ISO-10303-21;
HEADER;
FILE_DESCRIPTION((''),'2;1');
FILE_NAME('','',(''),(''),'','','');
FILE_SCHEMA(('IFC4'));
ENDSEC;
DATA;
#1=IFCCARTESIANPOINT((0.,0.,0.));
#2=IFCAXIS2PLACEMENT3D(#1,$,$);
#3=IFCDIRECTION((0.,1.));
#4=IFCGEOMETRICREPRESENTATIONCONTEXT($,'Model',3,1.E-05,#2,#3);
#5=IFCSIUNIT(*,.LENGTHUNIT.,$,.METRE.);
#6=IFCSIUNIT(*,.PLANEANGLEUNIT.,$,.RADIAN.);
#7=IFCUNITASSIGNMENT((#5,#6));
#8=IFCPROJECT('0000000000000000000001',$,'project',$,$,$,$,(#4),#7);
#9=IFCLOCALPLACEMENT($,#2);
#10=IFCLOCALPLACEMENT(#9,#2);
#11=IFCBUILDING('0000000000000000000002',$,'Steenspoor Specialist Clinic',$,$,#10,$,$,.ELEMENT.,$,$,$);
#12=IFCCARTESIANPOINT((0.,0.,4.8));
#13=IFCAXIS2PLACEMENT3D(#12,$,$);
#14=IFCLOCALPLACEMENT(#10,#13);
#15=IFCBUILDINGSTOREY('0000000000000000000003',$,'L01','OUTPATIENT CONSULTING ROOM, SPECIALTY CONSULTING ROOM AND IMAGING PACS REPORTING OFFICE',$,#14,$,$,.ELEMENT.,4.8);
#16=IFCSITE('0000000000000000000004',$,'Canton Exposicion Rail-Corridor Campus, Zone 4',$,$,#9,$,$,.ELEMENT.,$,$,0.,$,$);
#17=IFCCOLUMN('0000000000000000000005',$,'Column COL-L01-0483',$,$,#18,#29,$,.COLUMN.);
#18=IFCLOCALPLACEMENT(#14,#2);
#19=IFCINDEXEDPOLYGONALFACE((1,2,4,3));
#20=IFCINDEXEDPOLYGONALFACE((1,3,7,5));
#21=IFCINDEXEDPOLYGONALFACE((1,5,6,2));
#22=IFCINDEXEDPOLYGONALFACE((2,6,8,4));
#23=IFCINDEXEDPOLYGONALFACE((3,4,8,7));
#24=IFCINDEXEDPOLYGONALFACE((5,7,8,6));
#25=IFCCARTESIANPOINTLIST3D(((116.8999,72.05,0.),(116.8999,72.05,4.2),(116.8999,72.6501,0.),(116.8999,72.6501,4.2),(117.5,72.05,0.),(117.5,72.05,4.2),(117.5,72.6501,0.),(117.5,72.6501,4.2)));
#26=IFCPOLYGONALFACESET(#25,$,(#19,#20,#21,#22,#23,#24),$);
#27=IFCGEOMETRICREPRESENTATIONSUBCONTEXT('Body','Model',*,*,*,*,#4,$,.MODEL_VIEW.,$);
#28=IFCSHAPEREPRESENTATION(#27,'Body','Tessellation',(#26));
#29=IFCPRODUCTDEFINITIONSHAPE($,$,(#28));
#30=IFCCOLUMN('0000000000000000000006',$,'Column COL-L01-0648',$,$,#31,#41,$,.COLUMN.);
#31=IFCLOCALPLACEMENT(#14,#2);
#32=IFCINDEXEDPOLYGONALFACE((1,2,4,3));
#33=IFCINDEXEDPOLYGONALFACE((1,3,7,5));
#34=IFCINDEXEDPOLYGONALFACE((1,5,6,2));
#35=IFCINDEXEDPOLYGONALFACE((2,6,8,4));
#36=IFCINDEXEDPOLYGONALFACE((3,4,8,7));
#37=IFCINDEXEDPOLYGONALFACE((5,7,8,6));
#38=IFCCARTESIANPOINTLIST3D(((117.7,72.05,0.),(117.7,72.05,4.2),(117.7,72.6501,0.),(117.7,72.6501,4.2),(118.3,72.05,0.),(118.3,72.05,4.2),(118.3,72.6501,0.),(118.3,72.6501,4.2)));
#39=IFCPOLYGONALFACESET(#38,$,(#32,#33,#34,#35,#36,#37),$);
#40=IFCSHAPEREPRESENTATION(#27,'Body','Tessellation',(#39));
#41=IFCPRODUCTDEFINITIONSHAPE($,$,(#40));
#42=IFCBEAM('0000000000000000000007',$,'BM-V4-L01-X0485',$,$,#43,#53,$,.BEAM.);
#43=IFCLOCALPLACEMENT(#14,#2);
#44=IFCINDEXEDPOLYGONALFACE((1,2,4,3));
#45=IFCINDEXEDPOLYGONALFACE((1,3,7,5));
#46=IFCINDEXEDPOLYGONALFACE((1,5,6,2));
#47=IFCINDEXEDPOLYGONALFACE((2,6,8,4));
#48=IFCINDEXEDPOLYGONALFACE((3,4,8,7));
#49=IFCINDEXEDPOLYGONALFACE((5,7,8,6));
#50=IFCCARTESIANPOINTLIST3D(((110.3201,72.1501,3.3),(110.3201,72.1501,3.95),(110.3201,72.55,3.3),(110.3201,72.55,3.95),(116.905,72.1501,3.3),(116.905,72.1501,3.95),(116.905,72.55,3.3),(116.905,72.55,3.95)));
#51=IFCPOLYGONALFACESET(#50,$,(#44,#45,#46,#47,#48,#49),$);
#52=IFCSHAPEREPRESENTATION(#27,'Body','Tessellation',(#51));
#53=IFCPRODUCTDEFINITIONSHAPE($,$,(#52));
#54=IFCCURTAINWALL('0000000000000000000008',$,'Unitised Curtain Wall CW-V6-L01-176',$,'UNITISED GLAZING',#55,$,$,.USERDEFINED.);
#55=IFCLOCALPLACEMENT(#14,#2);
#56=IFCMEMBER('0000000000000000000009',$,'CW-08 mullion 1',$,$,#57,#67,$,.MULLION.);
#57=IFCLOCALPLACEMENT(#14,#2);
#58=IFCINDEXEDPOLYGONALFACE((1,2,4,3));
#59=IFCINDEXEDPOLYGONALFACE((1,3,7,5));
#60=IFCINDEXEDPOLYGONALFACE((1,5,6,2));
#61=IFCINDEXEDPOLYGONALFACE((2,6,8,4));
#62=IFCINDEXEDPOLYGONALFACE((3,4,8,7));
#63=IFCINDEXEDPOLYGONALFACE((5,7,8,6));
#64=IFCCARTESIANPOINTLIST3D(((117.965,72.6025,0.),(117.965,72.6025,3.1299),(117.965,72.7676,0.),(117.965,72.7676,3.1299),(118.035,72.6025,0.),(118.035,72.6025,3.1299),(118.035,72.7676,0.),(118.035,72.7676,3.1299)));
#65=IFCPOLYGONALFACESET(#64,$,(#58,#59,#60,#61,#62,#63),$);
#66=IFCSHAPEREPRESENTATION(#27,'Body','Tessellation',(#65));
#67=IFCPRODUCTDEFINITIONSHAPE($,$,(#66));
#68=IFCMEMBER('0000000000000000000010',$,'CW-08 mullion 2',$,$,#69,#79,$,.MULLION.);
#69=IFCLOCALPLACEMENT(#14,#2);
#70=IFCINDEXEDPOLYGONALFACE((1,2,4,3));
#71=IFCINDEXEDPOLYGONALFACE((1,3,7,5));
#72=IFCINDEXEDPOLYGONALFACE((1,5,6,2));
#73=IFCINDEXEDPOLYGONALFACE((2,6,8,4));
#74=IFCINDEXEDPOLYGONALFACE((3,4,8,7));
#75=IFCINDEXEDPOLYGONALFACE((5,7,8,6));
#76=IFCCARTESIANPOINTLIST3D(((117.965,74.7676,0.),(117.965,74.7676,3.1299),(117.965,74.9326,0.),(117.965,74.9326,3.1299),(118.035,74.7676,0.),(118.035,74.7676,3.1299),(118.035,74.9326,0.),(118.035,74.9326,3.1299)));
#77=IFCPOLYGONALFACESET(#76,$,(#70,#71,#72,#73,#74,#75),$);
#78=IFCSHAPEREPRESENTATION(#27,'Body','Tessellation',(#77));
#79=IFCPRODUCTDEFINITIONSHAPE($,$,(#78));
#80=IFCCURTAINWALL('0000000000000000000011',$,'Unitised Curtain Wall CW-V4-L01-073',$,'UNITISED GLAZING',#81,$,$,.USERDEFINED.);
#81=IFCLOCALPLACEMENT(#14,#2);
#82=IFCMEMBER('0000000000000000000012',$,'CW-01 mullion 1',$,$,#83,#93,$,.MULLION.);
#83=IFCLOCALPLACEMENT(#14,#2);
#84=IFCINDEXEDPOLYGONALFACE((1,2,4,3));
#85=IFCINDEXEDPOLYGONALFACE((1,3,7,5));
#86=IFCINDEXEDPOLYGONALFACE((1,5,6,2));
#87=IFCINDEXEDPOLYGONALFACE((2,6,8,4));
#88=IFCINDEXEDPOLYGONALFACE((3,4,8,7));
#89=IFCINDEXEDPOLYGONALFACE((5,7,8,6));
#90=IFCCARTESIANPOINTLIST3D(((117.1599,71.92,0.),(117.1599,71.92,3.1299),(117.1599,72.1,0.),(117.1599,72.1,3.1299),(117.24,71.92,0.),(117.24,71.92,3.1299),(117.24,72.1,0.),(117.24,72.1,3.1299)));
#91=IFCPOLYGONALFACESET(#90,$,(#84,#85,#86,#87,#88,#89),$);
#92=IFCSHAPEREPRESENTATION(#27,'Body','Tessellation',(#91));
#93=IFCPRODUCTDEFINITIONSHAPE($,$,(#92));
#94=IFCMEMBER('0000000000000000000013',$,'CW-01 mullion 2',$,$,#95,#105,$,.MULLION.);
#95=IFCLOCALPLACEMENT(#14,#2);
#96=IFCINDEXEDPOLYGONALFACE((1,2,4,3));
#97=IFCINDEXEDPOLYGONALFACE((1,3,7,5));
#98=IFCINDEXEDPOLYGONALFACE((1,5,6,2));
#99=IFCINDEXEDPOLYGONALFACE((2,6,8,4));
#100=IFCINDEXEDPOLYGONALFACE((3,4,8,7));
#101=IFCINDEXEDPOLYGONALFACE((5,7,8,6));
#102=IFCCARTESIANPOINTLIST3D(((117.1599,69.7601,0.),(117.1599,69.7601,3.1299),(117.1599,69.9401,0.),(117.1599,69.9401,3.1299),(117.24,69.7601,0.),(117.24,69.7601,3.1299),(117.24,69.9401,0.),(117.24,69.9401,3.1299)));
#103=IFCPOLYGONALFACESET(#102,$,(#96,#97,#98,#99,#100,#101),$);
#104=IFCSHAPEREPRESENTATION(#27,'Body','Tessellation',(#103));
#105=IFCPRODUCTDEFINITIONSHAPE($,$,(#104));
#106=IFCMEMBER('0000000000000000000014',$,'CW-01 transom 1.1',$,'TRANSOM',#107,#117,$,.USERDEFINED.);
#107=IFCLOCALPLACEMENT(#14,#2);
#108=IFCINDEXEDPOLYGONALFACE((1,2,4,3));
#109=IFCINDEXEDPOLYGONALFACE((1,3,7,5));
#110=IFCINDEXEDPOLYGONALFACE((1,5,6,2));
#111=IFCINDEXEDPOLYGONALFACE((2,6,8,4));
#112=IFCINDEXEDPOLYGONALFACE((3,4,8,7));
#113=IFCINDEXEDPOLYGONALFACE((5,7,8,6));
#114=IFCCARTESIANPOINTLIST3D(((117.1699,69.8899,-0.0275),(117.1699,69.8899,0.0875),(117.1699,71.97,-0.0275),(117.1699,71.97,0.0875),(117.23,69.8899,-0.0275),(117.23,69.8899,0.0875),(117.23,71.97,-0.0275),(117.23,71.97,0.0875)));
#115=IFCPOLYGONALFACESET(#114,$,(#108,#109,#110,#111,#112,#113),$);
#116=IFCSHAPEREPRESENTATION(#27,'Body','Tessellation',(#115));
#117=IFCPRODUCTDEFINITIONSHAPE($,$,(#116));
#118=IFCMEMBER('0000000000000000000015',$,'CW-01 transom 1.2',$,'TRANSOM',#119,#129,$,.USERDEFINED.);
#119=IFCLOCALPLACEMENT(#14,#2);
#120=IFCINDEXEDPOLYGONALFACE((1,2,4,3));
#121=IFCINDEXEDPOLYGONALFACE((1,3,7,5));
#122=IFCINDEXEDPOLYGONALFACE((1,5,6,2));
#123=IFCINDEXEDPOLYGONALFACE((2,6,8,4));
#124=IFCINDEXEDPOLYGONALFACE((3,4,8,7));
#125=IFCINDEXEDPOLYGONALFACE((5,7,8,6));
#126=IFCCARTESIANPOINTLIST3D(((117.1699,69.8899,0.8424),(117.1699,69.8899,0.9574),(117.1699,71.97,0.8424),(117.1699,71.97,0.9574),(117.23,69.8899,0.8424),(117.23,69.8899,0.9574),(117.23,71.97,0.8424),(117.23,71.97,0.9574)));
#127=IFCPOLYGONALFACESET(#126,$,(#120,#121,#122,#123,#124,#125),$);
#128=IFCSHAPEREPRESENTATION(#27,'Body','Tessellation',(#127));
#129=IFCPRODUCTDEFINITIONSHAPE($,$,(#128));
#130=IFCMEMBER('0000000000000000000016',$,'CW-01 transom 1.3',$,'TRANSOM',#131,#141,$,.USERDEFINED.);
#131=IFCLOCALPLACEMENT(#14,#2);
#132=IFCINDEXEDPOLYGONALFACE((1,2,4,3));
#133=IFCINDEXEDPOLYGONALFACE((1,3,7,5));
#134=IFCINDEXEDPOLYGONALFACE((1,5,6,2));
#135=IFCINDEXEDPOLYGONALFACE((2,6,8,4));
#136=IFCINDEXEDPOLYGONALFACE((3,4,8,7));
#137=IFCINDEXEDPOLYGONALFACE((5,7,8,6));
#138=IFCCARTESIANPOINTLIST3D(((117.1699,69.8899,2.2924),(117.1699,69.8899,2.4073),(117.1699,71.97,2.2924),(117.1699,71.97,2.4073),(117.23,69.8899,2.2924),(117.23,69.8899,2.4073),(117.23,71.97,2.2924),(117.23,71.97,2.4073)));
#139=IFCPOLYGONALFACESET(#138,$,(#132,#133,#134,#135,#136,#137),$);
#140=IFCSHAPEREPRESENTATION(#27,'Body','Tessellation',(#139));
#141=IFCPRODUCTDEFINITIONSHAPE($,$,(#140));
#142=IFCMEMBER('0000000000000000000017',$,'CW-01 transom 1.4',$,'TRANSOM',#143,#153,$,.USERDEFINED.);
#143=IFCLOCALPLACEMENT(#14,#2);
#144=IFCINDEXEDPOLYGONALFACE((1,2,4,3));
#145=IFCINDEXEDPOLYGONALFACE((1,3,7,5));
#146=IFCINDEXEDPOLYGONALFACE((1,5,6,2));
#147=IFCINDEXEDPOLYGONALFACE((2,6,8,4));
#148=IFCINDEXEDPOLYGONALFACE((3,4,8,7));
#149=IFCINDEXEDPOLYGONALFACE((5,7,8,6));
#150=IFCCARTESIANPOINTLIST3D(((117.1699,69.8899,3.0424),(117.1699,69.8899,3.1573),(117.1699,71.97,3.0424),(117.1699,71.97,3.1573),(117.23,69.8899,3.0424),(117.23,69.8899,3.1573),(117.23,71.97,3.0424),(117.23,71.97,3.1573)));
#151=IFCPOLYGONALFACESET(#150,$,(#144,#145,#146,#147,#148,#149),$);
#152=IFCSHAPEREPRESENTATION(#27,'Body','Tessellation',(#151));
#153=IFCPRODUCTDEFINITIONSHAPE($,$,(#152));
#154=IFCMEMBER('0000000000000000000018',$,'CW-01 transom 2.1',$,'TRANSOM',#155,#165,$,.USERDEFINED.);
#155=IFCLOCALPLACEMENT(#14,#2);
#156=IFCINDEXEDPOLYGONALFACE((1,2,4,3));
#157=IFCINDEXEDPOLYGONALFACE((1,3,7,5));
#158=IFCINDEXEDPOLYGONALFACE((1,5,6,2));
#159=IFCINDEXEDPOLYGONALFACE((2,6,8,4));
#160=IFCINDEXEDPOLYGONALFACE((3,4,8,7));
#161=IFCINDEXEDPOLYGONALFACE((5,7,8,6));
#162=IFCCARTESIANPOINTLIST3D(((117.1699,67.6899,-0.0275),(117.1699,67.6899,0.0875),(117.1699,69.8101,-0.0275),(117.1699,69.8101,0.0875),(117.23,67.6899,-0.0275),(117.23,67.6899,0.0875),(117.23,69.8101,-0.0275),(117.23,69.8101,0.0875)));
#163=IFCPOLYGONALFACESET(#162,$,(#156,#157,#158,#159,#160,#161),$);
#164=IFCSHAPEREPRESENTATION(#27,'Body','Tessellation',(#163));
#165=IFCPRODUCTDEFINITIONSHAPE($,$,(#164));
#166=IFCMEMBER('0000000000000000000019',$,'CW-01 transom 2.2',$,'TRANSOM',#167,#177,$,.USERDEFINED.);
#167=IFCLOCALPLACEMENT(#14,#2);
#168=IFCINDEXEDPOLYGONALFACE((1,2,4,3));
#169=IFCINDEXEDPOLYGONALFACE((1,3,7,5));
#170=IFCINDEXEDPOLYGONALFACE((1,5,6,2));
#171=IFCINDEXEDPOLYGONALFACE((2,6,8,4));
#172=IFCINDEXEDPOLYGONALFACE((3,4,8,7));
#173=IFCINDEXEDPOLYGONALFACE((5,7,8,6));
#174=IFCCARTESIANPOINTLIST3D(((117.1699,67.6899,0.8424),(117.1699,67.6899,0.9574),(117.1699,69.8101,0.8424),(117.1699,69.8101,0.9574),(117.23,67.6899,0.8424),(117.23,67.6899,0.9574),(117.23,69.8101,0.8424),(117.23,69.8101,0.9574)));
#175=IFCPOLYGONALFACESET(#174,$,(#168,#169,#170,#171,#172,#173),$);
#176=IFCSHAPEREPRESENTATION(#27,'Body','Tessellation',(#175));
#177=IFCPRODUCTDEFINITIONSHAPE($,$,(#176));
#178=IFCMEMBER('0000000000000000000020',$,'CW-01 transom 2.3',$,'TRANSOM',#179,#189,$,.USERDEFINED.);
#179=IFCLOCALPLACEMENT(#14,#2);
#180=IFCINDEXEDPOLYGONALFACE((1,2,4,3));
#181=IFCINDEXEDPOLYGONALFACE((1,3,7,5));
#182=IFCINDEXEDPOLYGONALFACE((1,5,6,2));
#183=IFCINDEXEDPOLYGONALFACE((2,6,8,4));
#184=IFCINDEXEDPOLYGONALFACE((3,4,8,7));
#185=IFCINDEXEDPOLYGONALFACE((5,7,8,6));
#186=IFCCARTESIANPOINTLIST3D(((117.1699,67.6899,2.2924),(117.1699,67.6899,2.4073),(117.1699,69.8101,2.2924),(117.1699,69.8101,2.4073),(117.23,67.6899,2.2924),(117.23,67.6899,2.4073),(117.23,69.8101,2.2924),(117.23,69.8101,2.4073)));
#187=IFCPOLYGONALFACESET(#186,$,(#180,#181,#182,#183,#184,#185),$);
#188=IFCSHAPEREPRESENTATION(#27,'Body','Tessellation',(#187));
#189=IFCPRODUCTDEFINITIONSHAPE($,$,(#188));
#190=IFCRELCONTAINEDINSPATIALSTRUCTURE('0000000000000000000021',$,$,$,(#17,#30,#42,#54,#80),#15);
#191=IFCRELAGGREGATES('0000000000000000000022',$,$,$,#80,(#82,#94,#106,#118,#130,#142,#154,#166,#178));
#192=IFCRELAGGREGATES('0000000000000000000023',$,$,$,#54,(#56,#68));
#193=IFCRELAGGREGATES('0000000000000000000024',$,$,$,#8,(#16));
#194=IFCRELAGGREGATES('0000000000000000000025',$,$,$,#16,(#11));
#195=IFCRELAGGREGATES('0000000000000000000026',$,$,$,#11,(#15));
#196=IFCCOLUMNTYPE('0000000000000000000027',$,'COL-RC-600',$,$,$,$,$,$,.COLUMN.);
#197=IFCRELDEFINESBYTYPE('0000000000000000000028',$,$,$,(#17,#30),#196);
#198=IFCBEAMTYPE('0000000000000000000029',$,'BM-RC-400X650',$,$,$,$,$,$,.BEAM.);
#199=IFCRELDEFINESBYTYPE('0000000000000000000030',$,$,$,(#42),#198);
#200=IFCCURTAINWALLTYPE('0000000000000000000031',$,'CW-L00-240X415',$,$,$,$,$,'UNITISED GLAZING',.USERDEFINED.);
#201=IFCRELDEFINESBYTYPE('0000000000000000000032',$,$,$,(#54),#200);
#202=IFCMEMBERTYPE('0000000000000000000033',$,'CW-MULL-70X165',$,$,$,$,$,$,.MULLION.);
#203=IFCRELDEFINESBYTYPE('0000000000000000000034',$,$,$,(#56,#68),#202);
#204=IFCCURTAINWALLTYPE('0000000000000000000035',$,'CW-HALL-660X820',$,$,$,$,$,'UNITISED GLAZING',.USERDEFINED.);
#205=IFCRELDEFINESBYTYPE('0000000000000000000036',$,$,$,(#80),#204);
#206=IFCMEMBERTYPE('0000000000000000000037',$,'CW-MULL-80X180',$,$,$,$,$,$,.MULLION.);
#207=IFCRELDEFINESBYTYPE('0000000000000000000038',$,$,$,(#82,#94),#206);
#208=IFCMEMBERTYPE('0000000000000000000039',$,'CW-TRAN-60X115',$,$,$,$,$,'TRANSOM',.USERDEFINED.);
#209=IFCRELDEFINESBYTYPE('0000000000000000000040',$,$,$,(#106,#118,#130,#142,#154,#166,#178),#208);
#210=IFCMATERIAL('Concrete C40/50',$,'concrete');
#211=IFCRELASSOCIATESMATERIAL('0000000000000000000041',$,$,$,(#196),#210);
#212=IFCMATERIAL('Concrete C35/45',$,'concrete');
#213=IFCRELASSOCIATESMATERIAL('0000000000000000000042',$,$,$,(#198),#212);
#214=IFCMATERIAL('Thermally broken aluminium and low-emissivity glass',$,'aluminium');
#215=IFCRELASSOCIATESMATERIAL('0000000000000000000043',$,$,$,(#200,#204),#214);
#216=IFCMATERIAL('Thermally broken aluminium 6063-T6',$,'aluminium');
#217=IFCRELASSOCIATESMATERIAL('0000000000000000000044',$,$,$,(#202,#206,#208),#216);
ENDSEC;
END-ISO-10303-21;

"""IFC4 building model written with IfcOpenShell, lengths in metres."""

from ifc_helpers import new_model, si_unit, direction, frame, origin, origin_2d, place, context, subcontext, project, spatial, rectangle, extrude, material, material_profile, profile_set, type_object, element, aggregate, save


model = new_model("IFC4")

# Units and contexts
model_context = context("Model", 3, precision=1e-05, world=origin(), true_north=direction((0.0, 1.0)))
body_context = subcontext(model_context, "Body", "Model", "MODEL_VIEW")
ifc_project = project(units=[si_unit("LENGTHUNIT", "METRE"), si_unit("PLANEANGLEUNIT", "RADIAN")], contexts=[model_context])

# Site, building, storey
site_placement = place(None, origin())
site = spatial("IfcSite", under=ifc_project, at=site_placement, Name="Canton Exposicion Rail-Corridor Campus, Zone 4", CompositionType="ELEMENT", RefElevation=0.0)
building_placement = place(site_placement, origin())
building = spatial("IfcBuilding", under=site, at=building_placement, Name="Steenspoor Specialist Clinic", CompositionType="ELEMENT")
storey_placement = place(building_placement, frame((0.0, 0.0, 4.8)))
storey = spatial("IfcBuildingStorey", under=building, at=storey_placement, Name="L01", Description="OUTPATIENT CONSULTING ROOM, SPECIALTY CONSULTING ROOM AND IMAGING PACS REPORTING OFFICE", CompositionType="ELEMENT", Elevation=4.8)

# Columns
ifc_material_1 = material(Name="Concrete C40/50", Category="concrete")
ifc_material_profile_1 = material_profile(ifc_material_1, rectangle(XDim=0.6001, YDim=0.6001, at=origin_2d()), Name="RC-COL-600X600")
ifc_profile_set_1 = profile_set([ifc_material_profile_1], Name="Concrete C40/50")
column_type = type_object("IfcColumnType", Name="COL-RC-600", PredefinedType="COLUMN", material=ifc_profile_set_1)
for number, where, z_axis, x_axis, name in (
    (1, (117.2, 72.3501, 0.0), (0.0, 0.0, 1.0), (1.0, 0.0, 0.0), "Column COL-L01-0483"),
    (2, (118.0, 72.3501, 0.0), (0.0, 0.0, 1.0), (1.0, 0.0, 0.0), "Column COL-L01-0648"),
):
    element("IfcColumn", number, at=place(storey_placement, frame(where, z_axis=z_axis, x_axis=x_axis)), inside=storey, type_object=column_type, Name=name, PredefinedType="COLUMN", context=body_context, shape_type="SweptSolid", body=[
        extrude(rectangle(XDim=0.6001, YDim=0.6001, at=origin_2d()), origin(), (0.0, 0.0, 1.0), 4.2),
    ])

# Beam
ifc_material_2 = material(Name="Concrete C35/45", Category="concrete")
ifc_material_profile_2 = material_profile(ifc_material_2, rectangle(XDim=0.3999, YDim=0.6499, at=origin_2d()), Name="RC-BM-400X650")
ifc_profile_set_2 = profile_set([ifc_material_profile_2], Name="Concrete C35/45")
beam_type_1 = type_object("IfcBeamType", Name="BM-RC-400X650", PredefinedType="BEAM", material=ifc_profile_set_2)
beam_1_placement = place(storey_placement, frame((110.3201, 72.3501, 3.625), z_axis=(1.0, 0.0, 0.0), x_axis=(0.0, 1.0, 0.0)))
element("IfcBeam", 3, at=beam_1_placement, inside=storey, type_object=beam_type_1, Name="BM-V4-L01-X0485", PredefinedType="BEAM", context=body_context, shape_type="SweptSolid", body=[
    extrude(rectangle(XDim=0.3999, YDim=0.6499, at=origin_2d()), origin(), (0.0, 0.0, 1.0), 6.585),
])

# Curtain walls, members
ifc_material_3 = material(Name="Thermally broken aluminium and low-emissivity glass", Category="aluminium")
curtain_wall_type_1 = type_object("IfcCurtainWallType", Name="CW-L00-240X415", ElementType="UNITISED GLAZING", PredefinedType="USERDEFINED", material=ifc_material_3)
curtain_wall_1_placement = place(storey_placement, origin())
curtain_wall_1 = element("IfcCurtainWall", 4, at=curtain_wall_1_placement, inside=storey, type_object=curtain_wall_type_1, Name="Unitised Curtain Wall CW-V6-L01-176", ObjectType="UNITISED GLAZING", PredefinedType="USERDEFINED")
ifc_material_4 = material(Name="Thermally broken aluminium 6063-T6", Category="aluminium")
ifc_material_profile_3 = material_profile(ifc_material_4, rectangle(XDim=0.0701, YDim=0.165, at=origin_2d()), Name="CWM-70X165")
ifc_profile_set_3 = profile_set([ifc_material_profile_3], Name="Thermally broken aluminium 6063-T6")
member_type_1 = type_object("IfcMemberType", Name="CW-MULL-70X165", PredefinedType="MULLION", material=ifc_profile_set_3)
member_1_placement = place(storey_placement, frame((118.0, 72.6851, 0.0), z_axis=(0.0, 0.0, 1.0), x_axis=(-1.0, 0.0, 0.0)))
member_1 = element("IfcMember", 5, at=member_1_placement, type_object=member_type_1, Name="CW-08 mullion 1", PredefinedType="MULLION", context=body_context, shape_type="SweptSolid", body=[
    extrude(rectangle(XDim=0.0701, YDim=0.165, at=origin_2d()), origin(), (0.0, 0.0, 1.0), 3.1299),
])
member_2_placement = place(storey_placement, frame((118.0, 74.8501, 0.0), z_axis=(0.0, 0.0, 1.0), x_axis=(-1.0, 0.0, 0.0)))
member_2 = element("IfcMember", 6, at=member_2_placement, type_object=member_type_1, Name="CW-08 mullion 2", PredefinedType="MULLION", context=body_context, shape_type="SweptSolid", body=[
    extrude(rectangle(XDim=0.0701, YDim=0.165, at=origin_2d()), origin(), (0.0, 0.0, 1.0), 3.1299),
])
curtain_wall_type_2 = type_object("IfcCurtainWallType", Name="CW-HALL-660X820", ElementType="UNITISED GLAZING", PredefinedType="USERDEFINED", material=ifc_material_3)
curtain_wall_2_placement = place(storey_placement, origin())
curtain_wall_2 = element("IfcCurtainWall", 7, at=curtain_wall_2_placement, inside=storey, type_object=curtain_wall_type_2, Name="Unitised Curtain Wall CW-V4-L01-073", ObjectType="UNITISED GLAZING", PredefinedType="USERDEFINED")
ifc_material_profile_4 = material_profile(ifc_material_4, rectangle(XDim=0.0801, YDim=0.1799, at=origin_2d()), Name="CWM-80X180")
ifc_profile_set_4 = profile_set([ifc_material_profile_4], Name="Thermally broken aluminium 6063-T6")
member_type_2 = type_object("IfcMemberType", Name="CW-MULL-80X180", PredefinedType="MULLION", material=ifc_profile_set_4)
member_3_placement = place(storey_placement, frame((117.2, 72.01, 0.0), z_axis=(0.0, 0.0, 1.0), x_axis=(1.0, 0.0, 0.0)))
member_3 = element("IfcMember", 8, at=member_3_placement, type_object=member_type_2, Name="CW-01 mullion 1", PredefinedType="MULLION", context=body_context, shape_type="SweptSolid", body=[
    extrude(rectangle(XDim=0.0801, YDim=0.1799, at=origin_2d()), origin(), (0.0, 0.0, 1.0), 3.1299),
])
member_4_placement = place(storey_placement, frame((117.2, 69.8501, 0.0), z_axis=(0.0, 0.0, 1.0), x_axis=(1.0, 0.0, 0.0)))
member_4 = element("IfcMember", 9, at=member_4_placement, type_object=member_type_2, Name="CW-01 mullion 2", PredefinedType="MULLION", context=body_context, shape_type="SweptSolid", body=[
    extrude(rectangle(XDim=0.0801, YDim=0.1799, at=origin_2d()), origin(), (0.0, 0.0, 1.0), 3.1299),
])
ifc_material_profile_5 = material_profile(ifc_material_4, rectangle(XDim=0.0601, YDim=0.115, at=origin_2d()), Name="CWT-60X115")
ifc_profile_set_5 = profile_set([ifc_material_profile_5], Name="Thermally broken aluminium 6063-T6")
member_type_3 = type_object("IfcMemberType", Name="CW-TRAN-60X115", ElementType="TRANSOM", PredefinedType="USERDEFINED", material=ifc_profile_set_5)
member_5_placement = place(storey_placement, frame((117.2, 71.97, 0.03), z_axis=(0.0, -1.0, 0.0), x_axis=(1.0, 0.0, 0.0)))
member_5 = element("IfcMember", 10, at=member_5_placement, type_object=member_type_3, Name="CW-01 transom 1.1", ObjectType="TRANSOM", PredefinedType="USERDEFINED", context=body_context, shape_type="SweptSolid", body=[
    extrude(rectangle(XDim=0.0601, YDim=0.115, at=origin_2d()), origin(), (0.0, 0.0, 1.0), 2.0801),
])
member_6_placement = place(storey_placement, frame((117.2, 71.97, 0.8999), z_axis=(0.0, -1.0, 0.0), x_axis=(1.0, 0.0, 0.0)))
member_6 = element("IfcMember", 11, at=member_6_placement, type_object=member_type_3, Name="CW-01 transom 1.2", ObjectType="TRANSOM", PredefinedType="USERDEFINED", context=body_context, shape_type="SweptSolid", body=[
    extrude(rectangle(XDim=0.0601, YDim=0.115, at=origin_2d()), origin(), (0.0, 0.0, 1.0), 2.0801),
])
member_7_placement = place(storey_placement, frame((117.2, 71.97, 2.3499), z_axis=(0.0, -1.0, 0.0), x_axis=(1.0, 0.0, 0.0)))
member_7 = element("IfcMember", 12, at=member_7_placement, type_object=member_type_3, Name="CW-01 transom 1.3", ObjectType="TRANSOM", PredefinedType="USERDEFINED", context=body_context, shape_type="SweptSolid", body=[
    extrude(rectangle(XDim=0.0601, YDim=0.115, at=origin_2d()), origin(), (0.0, 0.0, 1.0), 2.0801),
])
member_8_placement = place(storey_placement, frame((117.2, 71.97, 3.0999), z_axis=(0.0, -1.0, 0.0), x_axis=(1.0, 0.0, 0.0)))
member_8 = element("IfcMember", 13, at=member_8_placement, type_object=member_type_3, Name="CW-01 transom 1.4", ObjectType="TRANSOM", PredefinedType="USERDEFINED", context=body_context, shape_type="SweptSolid", body=[
    extrude(rectangle(XDim=0.0601, YDim=0.115, at=origin_2d()), origin(), (0.0, 0.0, 1.0), 2.0801),
])
member_9_placement = place(storey_placement, frame((117.2, 69.8101, 0.03), z_axis=(0.0, -1.0, 0.0), x_axis=(1.0, 0.0, 0.0)))
member_9 = element("IfcMember", 14, at=member_9_placement, type_object=member_type_3, Name="CW-01 transom 2.1", ObjectType="TRANSOM", PredefinedType="USERDEFINED", context=body_context, shape_type="SweptSolid", body=[
    extrude(rectangle(XDim=0.0601, YDim=0.115, at=origin_2d()), origin(), (0.0, 0.0, 1.0), 2.1201),
])
member_10_placement = place(storey_placement, frame((117.2, 69.8101, 0.8999), z_axis=(0.0, -1.0, 0.0), x_axis=(1.0, 0.0, 0.0)))
member_10 = element("IfcMember", 15, at=member_10_placement, type_object=member_type_3, Name="CW-01 transom 2.2", ObjectType="TRANSOM", PredefinedType="USERDEFINED", context=body_context, shape_type="SweptSolid", body=[
    extrude(rectangle(XDim=0.0601, YDim=0.115, at=origin_2d()), origin(), (0.0, 0.0, 1.0), 2.1201),
])
member_11_placement = place(storey_placement, frame((117.2, 69.8101, 2.3499), z_axis=(0.0, -1.0, 0.0), x_axis=(1.0, 0.0, 0.0)))
member_11 = element("IfcMember", 16, at=member_11_placement, type_object=member_type_3, Name="CW-01 transom 2.3", ObjectType="TRANSOM", PredefinedType="USERDEFINED", context=body_context, shape_type="SweptSolid", body=[
    extrude(rectangle(XDim=0.0601, YDim=0.115, at=origin_2d()), origin(), (0.0, 0.0, 1.0), 2.1201),
])

aggregate(curtain_wall_2, [member_3, member_4, member_5, member_6, member_7, member_8, member_9, member_10, member_11])
aggregate(curtain_wall_1, [member_1, member_2])

save(model, "model.ifc")
